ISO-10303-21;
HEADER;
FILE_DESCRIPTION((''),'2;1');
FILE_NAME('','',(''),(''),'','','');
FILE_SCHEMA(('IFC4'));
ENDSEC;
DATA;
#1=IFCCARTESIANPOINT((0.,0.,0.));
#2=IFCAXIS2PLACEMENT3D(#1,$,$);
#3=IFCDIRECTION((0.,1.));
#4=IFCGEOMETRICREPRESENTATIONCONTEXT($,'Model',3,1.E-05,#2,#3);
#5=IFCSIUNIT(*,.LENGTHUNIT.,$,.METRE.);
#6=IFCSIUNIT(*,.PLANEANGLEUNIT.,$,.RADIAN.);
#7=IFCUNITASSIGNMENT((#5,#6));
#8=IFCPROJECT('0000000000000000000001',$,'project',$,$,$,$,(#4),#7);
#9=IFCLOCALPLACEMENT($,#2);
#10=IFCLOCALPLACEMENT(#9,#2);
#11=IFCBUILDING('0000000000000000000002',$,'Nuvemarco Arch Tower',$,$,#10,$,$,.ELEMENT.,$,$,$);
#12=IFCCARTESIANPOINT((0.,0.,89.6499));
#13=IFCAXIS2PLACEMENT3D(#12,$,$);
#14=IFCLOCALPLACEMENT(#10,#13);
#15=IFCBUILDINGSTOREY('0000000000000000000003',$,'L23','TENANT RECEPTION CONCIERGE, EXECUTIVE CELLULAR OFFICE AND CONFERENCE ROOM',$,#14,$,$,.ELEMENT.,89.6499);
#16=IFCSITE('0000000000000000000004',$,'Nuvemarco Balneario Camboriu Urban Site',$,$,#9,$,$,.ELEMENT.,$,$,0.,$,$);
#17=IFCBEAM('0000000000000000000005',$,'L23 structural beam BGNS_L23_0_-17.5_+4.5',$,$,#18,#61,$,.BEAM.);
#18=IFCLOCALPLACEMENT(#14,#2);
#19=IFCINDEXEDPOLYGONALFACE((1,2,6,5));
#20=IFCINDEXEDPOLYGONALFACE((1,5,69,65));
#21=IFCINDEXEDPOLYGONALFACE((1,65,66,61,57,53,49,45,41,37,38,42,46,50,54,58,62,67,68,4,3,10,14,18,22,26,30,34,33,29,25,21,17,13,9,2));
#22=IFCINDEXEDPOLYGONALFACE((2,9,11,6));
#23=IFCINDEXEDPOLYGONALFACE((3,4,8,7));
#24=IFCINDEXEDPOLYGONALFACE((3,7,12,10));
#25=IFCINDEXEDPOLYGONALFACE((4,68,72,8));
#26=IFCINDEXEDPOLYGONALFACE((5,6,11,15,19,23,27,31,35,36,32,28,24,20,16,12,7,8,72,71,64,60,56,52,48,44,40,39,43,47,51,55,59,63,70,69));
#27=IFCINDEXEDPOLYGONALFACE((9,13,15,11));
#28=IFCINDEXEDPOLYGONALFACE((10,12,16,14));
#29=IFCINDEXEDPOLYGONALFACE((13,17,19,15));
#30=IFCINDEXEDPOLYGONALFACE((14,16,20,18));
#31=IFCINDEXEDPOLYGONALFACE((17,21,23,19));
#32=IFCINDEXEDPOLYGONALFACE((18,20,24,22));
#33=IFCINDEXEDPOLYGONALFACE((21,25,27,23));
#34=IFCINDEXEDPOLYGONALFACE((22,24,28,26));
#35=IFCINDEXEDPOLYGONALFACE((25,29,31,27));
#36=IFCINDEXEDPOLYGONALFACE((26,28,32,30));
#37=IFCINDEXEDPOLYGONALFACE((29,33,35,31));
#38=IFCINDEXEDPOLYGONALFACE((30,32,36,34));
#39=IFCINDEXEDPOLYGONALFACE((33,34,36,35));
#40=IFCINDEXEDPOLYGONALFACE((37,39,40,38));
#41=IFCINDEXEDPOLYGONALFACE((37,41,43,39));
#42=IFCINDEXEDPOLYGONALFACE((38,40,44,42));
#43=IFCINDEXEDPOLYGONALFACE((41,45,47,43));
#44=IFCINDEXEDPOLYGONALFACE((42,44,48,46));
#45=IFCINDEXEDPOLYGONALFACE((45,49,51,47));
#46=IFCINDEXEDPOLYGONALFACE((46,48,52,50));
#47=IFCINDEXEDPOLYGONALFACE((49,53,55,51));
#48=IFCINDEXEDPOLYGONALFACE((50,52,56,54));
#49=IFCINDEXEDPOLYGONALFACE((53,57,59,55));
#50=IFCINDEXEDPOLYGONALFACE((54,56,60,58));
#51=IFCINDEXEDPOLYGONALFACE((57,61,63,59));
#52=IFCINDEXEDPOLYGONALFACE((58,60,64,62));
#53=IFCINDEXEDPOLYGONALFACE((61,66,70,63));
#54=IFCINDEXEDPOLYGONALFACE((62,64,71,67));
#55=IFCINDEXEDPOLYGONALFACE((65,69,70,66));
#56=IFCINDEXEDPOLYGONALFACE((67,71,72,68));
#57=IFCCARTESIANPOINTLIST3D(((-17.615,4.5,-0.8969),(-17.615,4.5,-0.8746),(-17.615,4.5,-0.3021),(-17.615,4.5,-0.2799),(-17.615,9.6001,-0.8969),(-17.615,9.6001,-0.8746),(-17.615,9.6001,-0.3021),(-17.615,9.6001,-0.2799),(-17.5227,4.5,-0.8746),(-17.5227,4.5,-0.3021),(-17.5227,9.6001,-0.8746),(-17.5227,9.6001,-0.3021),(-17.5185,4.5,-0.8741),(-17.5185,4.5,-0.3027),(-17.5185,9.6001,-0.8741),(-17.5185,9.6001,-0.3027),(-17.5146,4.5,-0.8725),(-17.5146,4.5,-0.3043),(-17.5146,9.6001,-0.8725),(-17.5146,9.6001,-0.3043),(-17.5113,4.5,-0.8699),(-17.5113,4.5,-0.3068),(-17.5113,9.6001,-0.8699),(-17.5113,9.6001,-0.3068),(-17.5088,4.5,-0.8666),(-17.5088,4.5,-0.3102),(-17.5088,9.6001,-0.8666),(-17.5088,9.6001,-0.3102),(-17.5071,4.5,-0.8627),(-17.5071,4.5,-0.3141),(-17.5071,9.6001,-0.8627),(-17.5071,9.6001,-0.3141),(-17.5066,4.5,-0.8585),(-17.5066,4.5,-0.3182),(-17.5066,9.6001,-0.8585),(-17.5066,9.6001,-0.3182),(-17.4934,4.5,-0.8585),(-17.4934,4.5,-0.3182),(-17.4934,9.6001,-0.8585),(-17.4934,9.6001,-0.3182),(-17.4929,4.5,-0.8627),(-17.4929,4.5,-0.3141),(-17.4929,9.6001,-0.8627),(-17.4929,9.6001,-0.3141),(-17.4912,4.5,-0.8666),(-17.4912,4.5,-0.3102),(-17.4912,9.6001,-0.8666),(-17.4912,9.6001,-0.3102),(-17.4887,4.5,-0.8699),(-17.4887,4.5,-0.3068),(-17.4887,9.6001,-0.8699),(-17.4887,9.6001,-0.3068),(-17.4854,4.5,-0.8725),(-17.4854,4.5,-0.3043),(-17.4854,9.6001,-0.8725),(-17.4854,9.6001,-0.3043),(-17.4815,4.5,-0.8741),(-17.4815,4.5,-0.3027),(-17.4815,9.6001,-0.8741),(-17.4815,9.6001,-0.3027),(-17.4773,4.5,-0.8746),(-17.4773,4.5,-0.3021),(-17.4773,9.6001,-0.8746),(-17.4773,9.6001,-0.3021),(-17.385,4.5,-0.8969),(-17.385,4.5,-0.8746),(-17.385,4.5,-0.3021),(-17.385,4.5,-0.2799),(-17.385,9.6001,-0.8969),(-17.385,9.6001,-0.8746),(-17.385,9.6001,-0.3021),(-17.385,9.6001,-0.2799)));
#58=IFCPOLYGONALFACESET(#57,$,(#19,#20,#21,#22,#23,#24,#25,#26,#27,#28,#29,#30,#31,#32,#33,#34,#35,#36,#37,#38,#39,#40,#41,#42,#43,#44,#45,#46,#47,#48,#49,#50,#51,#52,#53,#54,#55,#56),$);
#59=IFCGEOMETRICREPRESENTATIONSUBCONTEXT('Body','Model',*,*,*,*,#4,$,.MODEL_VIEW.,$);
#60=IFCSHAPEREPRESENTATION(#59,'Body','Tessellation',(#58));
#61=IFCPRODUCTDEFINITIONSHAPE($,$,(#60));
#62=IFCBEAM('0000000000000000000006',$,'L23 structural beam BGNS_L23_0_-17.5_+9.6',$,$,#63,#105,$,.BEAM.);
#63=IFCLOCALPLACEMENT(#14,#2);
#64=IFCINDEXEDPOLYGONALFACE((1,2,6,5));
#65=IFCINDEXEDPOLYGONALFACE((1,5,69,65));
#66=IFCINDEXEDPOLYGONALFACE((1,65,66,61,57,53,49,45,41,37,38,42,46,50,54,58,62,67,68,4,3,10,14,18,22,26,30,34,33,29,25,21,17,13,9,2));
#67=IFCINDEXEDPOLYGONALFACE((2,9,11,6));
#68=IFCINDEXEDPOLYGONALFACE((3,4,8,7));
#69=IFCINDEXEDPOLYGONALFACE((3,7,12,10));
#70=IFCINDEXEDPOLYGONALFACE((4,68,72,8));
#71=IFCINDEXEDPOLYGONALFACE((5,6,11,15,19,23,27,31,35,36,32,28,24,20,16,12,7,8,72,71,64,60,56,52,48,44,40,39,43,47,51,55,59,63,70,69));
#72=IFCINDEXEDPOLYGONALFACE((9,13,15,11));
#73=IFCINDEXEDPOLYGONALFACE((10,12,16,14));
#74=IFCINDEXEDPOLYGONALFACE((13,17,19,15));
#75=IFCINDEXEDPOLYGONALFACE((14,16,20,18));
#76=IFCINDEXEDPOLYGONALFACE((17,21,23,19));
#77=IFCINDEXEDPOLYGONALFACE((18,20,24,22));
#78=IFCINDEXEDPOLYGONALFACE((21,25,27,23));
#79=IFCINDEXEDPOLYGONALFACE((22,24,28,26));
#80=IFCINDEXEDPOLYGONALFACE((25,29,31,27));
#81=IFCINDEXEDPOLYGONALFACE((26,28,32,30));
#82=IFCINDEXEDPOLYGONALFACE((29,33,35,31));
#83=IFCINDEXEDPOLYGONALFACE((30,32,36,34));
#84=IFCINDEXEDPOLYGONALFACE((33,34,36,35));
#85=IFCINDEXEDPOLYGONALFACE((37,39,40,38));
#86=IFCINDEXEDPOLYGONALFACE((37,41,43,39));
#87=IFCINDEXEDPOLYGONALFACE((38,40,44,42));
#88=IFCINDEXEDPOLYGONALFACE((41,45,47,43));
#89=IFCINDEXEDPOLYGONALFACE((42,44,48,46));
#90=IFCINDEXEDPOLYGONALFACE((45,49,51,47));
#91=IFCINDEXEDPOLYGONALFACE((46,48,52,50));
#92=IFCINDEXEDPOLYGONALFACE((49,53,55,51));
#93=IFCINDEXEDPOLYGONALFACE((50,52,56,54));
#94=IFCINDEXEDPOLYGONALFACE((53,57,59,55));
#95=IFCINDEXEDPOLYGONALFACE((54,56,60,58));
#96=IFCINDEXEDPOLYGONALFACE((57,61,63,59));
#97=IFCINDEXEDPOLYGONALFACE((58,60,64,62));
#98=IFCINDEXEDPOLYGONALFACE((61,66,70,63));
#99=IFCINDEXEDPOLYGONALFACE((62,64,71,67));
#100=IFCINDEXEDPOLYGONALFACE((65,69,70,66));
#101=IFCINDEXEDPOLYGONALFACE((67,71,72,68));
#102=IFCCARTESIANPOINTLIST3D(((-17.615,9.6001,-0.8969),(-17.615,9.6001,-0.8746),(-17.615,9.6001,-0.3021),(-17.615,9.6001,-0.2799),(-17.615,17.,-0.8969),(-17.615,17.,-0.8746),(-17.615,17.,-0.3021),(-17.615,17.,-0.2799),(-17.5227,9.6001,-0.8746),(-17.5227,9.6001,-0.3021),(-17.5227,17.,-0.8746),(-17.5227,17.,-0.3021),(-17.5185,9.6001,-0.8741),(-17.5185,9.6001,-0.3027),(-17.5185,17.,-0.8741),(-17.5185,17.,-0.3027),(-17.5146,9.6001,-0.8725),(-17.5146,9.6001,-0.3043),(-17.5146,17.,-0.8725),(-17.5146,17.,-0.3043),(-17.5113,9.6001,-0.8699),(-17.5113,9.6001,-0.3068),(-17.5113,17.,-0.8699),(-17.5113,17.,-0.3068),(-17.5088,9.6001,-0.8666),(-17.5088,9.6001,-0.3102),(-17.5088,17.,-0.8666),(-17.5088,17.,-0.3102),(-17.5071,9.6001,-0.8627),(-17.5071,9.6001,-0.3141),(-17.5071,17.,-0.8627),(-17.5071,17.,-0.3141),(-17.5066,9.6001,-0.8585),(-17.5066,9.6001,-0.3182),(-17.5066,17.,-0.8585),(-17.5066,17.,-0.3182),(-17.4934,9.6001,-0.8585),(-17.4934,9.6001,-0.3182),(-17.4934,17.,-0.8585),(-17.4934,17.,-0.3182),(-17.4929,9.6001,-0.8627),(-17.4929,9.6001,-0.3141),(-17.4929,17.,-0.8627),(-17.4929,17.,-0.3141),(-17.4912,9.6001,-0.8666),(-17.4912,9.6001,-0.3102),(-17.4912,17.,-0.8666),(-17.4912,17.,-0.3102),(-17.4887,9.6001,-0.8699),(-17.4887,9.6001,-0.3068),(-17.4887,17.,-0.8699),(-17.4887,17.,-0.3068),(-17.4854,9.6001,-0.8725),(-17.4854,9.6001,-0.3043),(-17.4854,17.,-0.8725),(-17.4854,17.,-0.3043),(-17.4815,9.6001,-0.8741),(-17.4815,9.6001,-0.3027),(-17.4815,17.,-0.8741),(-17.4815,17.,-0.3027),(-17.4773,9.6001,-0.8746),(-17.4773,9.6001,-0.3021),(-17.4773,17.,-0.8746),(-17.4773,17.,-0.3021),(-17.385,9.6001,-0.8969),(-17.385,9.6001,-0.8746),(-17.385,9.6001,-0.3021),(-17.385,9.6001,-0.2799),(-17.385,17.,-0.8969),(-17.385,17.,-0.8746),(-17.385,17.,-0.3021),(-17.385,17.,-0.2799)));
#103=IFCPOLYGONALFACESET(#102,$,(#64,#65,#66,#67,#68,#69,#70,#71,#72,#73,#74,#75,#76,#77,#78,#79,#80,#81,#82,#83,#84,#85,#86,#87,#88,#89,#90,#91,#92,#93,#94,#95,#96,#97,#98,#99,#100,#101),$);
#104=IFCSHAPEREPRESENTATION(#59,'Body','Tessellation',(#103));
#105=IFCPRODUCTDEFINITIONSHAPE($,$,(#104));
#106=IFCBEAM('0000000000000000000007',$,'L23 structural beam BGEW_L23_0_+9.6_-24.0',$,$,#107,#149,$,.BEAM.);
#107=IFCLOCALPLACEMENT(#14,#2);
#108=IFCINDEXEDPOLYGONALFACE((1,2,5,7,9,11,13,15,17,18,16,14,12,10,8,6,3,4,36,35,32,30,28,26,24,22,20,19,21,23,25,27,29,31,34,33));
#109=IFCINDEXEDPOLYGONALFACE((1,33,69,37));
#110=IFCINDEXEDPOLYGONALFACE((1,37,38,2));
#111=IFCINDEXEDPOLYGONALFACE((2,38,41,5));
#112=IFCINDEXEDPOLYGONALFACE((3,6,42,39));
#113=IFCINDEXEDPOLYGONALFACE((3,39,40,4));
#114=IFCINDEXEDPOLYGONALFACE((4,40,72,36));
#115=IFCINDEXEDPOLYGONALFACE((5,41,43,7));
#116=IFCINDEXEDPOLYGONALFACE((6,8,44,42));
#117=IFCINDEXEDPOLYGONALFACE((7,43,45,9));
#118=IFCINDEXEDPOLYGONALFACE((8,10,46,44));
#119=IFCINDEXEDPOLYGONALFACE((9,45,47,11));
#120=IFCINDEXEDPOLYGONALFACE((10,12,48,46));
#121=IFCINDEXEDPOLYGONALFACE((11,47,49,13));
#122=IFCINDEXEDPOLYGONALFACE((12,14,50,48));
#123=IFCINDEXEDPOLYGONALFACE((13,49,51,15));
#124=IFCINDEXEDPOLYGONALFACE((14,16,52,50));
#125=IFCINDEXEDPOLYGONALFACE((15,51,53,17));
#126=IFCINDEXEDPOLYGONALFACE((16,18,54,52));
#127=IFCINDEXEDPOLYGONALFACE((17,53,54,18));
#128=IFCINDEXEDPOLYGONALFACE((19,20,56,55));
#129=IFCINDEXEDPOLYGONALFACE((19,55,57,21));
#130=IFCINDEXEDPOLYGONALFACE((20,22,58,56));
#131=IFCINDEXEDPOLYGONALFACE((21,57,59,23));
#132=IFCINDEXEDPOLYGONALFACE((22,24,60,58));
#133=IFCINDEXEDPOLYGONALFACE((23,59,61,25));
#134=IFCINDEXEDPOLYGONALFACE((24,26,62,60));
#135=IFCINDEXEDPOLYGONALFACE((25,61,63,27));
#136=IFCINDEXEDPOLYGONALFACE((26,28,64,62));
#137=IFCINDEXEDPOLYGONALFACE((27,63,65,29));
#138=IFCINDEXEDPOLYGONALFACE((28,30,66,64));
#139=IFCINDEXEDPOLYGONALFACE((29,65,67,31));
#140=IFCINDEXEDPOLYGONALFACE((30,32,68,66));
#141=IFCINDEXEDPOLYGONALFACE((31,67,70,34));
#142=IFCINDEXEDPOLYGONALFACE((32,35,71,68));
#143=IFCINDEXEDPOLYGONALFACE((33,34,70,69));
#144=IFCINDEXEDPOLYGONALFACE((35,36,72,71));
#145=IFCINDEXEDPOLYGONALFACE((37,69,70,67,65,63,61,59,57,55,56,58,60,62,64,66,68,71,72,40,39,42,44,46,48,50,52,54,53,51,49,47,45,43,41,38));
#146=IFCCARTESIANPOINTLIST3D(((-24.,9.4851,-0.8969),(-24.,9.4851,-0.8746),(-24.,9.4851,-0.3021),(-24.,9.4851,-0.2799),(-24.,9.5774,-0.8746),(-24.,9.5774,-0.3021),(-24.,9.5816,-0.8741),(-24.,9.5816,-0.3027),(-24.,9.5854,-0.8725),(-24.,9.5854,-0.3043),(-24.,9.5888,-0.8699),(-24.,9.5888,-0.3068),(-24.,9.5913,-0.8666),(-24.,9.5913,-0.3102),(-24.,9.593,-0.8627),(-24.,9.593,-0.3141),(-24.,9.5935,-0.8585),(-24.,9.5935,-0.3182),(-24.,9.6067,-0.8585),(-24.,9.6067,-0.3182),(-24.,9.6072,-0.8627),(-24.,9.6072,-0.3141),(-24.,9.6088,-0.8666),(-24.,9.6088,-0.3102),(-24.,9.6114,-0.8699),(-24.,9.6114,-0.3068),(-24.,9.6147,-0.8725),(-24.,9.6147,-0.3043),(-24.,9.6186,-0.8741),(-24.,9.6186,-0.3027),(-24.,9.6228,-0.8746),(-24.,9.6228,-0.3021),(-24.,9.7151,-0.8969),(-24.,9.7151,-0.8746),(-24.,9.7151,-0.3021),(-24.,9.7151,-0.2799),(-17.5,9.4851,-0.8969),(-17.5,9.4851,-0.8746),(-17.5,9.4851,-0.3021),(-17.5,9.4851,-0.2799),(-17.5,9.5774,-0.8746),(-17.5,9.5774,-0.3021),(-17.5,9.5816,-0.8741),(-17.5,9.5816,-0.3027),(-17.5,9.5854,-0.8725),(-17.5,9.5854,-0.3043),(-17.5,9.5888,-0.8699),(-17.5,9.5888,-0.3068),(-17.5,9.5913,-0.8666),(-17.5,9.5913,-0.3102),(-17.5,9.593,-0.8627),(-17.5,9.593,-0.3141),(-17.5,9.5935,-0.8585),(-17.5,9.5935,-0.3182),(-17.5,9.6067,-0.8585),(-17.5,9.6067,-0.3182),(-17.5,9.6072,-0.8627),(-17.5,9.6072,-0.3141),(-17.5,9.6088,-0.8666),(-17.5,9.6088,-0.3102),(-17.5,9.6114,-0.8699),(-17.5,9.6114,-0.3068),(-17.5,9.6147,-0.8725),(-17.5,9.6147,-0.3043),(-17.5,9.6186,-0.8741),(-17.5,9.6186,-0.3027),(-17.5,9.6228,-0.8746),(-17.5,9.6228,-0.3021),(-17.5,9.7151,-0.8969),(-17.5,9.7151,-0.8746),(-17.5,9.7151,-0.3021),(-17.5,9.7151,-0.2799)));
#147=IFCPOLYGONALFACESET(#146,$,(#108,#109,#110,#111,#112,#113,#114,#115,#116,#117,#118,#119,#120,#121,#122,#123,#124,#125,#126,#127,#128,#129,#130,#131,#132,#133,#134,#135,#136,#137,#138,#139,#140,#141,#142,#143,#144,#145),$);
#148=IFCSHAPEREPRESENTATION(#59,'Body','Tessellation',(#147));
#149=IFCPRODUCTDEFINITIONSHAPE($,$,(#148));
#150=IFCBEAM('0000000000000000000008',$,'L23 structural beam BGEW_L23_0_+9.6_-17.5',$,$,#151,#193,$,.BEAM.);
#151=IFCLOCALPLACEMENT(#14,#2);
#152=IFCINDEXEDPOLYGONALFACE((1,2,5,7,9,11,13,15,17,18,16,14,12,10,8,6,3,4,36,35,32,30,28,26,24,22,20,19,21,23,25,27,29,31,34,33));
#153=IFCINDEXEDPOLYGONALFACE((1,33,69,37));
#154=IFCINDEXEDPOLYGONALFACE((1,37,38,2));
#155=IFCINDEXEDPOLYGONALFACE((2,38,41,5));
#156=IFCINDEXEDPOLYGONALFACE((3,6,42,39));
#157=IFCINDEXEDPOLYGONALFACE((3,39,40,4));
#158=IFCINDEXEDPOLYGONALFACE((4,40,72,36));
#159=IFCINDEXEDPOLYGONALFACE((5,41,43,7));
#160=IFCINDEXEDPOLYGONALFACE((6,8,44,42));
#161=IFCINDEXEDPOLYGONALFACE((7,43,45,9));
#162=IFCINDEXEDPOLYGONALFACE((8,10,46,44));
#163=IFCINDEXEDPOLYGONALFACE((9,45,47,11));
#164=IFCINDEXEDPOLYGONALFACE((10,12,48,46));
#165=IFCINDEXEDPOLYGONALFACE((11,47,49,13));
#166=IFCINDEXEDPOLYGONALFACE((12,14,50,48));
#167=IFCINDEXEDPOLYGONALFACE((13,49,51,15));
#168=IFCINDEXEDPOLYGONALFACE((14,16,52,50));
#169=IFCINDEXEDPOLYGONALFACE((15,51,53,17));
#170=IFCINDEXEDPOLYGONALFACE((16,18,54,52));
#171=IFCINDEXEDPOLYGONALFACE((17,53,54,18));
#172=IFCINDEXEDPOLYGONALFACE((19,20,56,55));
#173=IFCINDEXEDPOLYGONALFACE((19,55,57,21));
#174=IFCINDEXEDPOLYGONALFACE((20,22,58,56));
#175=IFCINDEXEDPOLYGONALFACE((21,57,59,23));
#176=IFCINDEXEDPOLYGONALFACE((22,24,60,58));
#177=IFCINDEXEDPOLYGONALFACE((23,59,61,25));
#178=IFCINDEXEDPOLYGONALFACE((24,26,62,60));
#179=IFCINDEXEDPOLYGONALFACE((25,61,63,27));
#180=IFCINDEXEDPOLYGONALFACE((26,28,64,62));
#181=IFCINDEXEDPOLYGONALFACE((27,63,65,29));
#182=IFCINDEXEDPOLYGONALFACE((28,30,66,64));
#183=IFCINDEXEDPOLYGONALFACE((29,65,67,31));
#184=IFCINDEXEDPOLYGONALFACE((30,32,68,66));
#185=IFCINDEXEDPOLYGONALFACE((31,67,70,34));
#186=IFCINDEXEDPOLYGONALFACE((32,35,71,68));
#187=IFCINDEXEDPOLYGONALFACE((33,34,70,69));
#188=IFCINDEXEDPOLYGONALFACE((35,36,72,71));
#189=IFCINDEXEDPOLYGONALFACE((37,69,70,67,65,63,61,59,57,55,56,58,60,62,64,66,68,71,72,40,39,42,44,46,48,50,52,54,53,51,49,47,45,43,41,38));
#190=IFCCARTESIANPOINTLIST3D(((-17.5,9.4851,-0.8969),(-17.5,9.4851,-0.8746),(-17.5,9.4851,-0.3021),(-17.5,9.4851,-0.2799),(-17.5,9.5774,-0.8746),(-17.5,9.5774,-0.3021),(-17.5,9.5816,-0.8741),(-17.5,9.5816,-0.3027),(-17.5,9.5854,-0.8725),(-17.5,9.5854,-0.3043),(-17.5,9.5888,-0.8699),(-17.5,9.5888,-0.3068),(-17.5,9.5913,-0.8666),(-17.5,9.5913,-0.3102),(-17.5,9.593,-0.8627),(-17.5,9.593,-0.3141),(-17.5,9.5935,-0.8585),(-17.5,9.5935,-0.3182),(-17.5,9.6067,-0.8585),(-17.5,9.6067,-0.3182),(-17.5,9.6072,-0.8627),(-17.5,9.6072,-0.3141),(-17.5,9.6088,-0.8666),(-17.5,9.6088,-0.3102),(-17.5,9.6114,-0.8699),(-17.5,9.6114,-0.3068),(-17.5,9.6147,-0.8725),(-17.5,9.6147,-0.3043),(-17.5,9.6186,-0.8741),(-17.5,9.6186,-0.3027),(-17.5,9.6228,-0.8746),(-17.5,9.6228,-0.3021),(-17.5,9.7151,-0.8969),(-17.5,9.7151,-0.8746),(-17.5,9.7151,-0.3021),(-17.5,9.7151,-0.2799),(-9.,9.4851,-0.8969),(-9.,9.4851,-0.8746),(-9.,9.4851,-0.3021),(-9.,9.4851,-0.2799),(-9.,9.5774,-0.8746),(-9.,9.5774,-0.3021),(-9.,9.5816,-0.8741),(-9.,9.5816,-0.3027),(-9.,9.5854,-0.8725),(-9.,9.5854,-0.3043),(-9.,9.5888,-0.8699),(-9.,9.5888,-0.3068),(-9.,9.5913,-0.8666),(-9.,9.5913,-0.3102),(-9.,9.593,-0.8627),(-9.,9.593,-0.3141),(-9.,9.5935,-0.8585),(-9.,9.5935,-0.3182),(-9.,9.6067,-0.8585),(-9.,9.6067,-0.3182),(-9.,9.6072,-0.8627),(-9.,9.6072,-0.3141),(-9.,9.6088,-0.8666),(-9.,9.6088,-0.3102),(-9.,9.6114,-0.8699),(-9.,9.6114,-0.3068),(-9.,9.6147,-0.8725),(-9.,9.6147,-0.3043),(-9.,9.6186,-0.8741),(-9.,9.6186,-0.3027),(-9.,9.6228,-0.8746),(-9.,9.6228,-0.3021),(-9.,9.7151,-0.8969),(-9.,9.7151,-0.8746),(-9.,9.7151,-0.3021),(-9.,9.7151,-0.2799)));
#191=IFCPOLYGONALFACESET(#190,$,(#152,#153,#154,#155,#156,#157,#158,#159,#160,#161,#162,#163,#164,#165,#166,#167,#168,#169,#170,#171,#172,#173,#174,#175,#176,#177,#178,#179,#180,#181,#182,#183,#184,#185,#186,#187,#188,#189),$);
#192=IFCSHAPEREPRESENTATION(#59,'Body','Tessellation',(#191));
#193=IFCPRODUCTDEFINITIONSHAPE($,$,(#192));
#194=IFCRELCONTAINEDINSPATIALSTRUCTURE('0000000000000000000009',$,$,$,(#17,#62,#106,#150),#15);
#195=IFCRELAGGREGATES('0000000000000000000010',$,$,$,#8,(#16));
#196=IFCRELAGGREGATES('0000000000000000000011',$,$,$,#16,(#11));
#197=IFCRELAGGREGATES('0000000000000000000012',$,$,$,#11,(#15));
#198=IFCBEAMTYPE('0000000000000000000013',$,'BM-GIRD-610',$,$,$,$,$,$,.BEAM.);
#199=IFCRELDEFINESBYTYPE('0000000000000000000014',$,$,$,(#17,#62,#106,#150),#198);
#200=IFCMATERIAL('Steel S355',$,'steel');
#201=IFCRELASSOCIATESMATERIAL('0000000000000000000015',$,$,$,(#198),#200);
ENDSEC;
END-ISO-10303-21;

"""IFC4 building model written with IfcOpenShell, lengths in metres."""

from ifc_helpers import new_model, si_unit, direction, frame, origin, origin_2d, place, context, subcontext, project, spatial, i_section, extrude, material, material_profile, profile_set, type_object, element, save


model = new_model("IFC4")

# Units and contexts
model_context = context("Model", 3, precision=1e-05, world=origin(), true_north=direction((0.0, 1.0)))
body_context = subcontext(model_context, "Body", "Model", "MODEL_VIEW")
ifc_project = project(units=[si_unit("LENGTHUNIT", "METRE"), si_unit("PLANEANGLEUNIT", "RADIAN")], contexts=[model_context])

# Site, building, storey
site_placement = place(None, origin())
site = spatial("IfcSite", under=ifc_project, at=site_placement, Name="Nuvemarco Balneario Camboriu Urban Site", CompositionType="ELEMENT", RefElevation=0.0)
building_placement = place(site_placement, origin())
building = spatial("IfcBuilding", under=site, at=building_placement, Name="Nuvemarco Arch Tower", CompositionType="ELEMENT")
storey_placement = place(building_placement, frame((0.0, 0.0, 89.6499)))
storey = spatial("IfcBuildingStorey", under=building, at=storey_placement, Name="L23", Description="TENANT RECEPTION CONCIERGE, EXECUTIVE CELLULAR OFFICE AND CONFERENCE ROOM", CompositionType="ELEMENT", Elevation=89.6499)

# Beams
ifc_material_1 = material(Name="Steel S355", Category="steel")
ifc_material_profile_1 = material_profile(ifc_material_1, i_section(OverallWidth=0.23, OverallDepth=0.6169, WebThickness=0.0132, FlangeThickness=0.0222, FilletRadius=0.0161, at=origin_2d()), Name="W610x140")
ifc_profile_set_1 = profile_set([ifc_material_profile_1], Name="Steel S355")
beam_type_1 = type_object("IfcBeamType", Name="BM-GIRD-610", PredefinedType="BEAM", material=ifc_profile_set_1)
beam_1_placement = place(storey_placement, frame((-17.5, 4.5, -0.5884), z_axis=(0.0, 1.0, 0.0), x_axis=(-1.0, 0.0, 0.0)))
element("IfcBeam", 1, at=beam_1_placement, inside=storey, type_object=beam_type_1, Name="L23 structural beam BGNS_L23_0_-17.5_+4.5", PredefinedType="BEAM", context=body_context, shape_type="SweptSolid", body=[
    extrude(i_section(OverallWidth=0.23, OverallDepth=0.6169, WebThickness=0.0132, FlangeThickness=0.0222, FilletRadius=0.0161, at=origin_2d()), origin(), (0.0, 0.0, 1.0), 5.1001),
])
beam_2_placement = place(storey_placement, frame((-17.5, 9.6001, -0.5884), z_axis=(0.0, 1.0, 0.0), x_axis=(-1.0, 0.0, 0.0)))
element("IfcBeam", 2, at=beam_2_placement, inside=storey, type_object=beam_type_1, Name="L23 structural beam BGNS_L23_0_-17.5_+9.6", PredefinedType="BEAM", context=body_context, shape_type="SweptSolid", body=[
    extrude(i_section(OverallWidth=0.23, OverallDepth=0.6169, WebThickness=0.0132, FlangeThickness=0.0222, FilletRadius=0.0161, at=origin_2d()), origin(), (0.0, 0.0, 1.0), 7.3999),
])
beam_3_placement = place(storey_placement, frame((-24.0, 9.6001, -0.5884), z_axis=(1.0, 0.0, 0.0), x_axis=(0.0, 1.0, 0.0)))
element("IfcBeam", 3, at=beam_3_placement, inside=storey, type_object=beam_type_1, Name="L23 structural beam BGEW_L23_0_+9.6_-24.0", PredefinedType="BEAM", context=body_context, shape_type="SweptSolid", body=[
    extrude(i_section(OverallWidth=0.23, OverallDepth=0.6169, WebThickness=0.0132, FlangeThickness=0.0222, FilletRadius=0.0161, at=origin_2d()), origin(), (0.0, 0.0, 1.0), 6.5),
])
beam_4_placement = place(storey_placement, frame((-17.5, 9.6001, -0.5884), z_axis=(1.0, 0.0, 0.0), x_axis=(0.0, 1.0, 0.0)))
element("IfcBeam", 4, at=beam_4_placement, inside=storey, type_object=beam_type_1, Name="L23 structural beam BGEW_L23_0_+9.6_-17.5", PredefinedType="BEAM", context=body_context, shape_type="SweptSolid", body=[
    extrude(i_section(OverallWidth=0.23, OverallDepth=0.6169, WebThickness=0.0132, FlangeThickness=0.0222, FilletRadius=0.0161, at=origin_2d()), origin(), (0.0, 0.0, 1.0), 8.5),
])

save(model, "model.ifc")
